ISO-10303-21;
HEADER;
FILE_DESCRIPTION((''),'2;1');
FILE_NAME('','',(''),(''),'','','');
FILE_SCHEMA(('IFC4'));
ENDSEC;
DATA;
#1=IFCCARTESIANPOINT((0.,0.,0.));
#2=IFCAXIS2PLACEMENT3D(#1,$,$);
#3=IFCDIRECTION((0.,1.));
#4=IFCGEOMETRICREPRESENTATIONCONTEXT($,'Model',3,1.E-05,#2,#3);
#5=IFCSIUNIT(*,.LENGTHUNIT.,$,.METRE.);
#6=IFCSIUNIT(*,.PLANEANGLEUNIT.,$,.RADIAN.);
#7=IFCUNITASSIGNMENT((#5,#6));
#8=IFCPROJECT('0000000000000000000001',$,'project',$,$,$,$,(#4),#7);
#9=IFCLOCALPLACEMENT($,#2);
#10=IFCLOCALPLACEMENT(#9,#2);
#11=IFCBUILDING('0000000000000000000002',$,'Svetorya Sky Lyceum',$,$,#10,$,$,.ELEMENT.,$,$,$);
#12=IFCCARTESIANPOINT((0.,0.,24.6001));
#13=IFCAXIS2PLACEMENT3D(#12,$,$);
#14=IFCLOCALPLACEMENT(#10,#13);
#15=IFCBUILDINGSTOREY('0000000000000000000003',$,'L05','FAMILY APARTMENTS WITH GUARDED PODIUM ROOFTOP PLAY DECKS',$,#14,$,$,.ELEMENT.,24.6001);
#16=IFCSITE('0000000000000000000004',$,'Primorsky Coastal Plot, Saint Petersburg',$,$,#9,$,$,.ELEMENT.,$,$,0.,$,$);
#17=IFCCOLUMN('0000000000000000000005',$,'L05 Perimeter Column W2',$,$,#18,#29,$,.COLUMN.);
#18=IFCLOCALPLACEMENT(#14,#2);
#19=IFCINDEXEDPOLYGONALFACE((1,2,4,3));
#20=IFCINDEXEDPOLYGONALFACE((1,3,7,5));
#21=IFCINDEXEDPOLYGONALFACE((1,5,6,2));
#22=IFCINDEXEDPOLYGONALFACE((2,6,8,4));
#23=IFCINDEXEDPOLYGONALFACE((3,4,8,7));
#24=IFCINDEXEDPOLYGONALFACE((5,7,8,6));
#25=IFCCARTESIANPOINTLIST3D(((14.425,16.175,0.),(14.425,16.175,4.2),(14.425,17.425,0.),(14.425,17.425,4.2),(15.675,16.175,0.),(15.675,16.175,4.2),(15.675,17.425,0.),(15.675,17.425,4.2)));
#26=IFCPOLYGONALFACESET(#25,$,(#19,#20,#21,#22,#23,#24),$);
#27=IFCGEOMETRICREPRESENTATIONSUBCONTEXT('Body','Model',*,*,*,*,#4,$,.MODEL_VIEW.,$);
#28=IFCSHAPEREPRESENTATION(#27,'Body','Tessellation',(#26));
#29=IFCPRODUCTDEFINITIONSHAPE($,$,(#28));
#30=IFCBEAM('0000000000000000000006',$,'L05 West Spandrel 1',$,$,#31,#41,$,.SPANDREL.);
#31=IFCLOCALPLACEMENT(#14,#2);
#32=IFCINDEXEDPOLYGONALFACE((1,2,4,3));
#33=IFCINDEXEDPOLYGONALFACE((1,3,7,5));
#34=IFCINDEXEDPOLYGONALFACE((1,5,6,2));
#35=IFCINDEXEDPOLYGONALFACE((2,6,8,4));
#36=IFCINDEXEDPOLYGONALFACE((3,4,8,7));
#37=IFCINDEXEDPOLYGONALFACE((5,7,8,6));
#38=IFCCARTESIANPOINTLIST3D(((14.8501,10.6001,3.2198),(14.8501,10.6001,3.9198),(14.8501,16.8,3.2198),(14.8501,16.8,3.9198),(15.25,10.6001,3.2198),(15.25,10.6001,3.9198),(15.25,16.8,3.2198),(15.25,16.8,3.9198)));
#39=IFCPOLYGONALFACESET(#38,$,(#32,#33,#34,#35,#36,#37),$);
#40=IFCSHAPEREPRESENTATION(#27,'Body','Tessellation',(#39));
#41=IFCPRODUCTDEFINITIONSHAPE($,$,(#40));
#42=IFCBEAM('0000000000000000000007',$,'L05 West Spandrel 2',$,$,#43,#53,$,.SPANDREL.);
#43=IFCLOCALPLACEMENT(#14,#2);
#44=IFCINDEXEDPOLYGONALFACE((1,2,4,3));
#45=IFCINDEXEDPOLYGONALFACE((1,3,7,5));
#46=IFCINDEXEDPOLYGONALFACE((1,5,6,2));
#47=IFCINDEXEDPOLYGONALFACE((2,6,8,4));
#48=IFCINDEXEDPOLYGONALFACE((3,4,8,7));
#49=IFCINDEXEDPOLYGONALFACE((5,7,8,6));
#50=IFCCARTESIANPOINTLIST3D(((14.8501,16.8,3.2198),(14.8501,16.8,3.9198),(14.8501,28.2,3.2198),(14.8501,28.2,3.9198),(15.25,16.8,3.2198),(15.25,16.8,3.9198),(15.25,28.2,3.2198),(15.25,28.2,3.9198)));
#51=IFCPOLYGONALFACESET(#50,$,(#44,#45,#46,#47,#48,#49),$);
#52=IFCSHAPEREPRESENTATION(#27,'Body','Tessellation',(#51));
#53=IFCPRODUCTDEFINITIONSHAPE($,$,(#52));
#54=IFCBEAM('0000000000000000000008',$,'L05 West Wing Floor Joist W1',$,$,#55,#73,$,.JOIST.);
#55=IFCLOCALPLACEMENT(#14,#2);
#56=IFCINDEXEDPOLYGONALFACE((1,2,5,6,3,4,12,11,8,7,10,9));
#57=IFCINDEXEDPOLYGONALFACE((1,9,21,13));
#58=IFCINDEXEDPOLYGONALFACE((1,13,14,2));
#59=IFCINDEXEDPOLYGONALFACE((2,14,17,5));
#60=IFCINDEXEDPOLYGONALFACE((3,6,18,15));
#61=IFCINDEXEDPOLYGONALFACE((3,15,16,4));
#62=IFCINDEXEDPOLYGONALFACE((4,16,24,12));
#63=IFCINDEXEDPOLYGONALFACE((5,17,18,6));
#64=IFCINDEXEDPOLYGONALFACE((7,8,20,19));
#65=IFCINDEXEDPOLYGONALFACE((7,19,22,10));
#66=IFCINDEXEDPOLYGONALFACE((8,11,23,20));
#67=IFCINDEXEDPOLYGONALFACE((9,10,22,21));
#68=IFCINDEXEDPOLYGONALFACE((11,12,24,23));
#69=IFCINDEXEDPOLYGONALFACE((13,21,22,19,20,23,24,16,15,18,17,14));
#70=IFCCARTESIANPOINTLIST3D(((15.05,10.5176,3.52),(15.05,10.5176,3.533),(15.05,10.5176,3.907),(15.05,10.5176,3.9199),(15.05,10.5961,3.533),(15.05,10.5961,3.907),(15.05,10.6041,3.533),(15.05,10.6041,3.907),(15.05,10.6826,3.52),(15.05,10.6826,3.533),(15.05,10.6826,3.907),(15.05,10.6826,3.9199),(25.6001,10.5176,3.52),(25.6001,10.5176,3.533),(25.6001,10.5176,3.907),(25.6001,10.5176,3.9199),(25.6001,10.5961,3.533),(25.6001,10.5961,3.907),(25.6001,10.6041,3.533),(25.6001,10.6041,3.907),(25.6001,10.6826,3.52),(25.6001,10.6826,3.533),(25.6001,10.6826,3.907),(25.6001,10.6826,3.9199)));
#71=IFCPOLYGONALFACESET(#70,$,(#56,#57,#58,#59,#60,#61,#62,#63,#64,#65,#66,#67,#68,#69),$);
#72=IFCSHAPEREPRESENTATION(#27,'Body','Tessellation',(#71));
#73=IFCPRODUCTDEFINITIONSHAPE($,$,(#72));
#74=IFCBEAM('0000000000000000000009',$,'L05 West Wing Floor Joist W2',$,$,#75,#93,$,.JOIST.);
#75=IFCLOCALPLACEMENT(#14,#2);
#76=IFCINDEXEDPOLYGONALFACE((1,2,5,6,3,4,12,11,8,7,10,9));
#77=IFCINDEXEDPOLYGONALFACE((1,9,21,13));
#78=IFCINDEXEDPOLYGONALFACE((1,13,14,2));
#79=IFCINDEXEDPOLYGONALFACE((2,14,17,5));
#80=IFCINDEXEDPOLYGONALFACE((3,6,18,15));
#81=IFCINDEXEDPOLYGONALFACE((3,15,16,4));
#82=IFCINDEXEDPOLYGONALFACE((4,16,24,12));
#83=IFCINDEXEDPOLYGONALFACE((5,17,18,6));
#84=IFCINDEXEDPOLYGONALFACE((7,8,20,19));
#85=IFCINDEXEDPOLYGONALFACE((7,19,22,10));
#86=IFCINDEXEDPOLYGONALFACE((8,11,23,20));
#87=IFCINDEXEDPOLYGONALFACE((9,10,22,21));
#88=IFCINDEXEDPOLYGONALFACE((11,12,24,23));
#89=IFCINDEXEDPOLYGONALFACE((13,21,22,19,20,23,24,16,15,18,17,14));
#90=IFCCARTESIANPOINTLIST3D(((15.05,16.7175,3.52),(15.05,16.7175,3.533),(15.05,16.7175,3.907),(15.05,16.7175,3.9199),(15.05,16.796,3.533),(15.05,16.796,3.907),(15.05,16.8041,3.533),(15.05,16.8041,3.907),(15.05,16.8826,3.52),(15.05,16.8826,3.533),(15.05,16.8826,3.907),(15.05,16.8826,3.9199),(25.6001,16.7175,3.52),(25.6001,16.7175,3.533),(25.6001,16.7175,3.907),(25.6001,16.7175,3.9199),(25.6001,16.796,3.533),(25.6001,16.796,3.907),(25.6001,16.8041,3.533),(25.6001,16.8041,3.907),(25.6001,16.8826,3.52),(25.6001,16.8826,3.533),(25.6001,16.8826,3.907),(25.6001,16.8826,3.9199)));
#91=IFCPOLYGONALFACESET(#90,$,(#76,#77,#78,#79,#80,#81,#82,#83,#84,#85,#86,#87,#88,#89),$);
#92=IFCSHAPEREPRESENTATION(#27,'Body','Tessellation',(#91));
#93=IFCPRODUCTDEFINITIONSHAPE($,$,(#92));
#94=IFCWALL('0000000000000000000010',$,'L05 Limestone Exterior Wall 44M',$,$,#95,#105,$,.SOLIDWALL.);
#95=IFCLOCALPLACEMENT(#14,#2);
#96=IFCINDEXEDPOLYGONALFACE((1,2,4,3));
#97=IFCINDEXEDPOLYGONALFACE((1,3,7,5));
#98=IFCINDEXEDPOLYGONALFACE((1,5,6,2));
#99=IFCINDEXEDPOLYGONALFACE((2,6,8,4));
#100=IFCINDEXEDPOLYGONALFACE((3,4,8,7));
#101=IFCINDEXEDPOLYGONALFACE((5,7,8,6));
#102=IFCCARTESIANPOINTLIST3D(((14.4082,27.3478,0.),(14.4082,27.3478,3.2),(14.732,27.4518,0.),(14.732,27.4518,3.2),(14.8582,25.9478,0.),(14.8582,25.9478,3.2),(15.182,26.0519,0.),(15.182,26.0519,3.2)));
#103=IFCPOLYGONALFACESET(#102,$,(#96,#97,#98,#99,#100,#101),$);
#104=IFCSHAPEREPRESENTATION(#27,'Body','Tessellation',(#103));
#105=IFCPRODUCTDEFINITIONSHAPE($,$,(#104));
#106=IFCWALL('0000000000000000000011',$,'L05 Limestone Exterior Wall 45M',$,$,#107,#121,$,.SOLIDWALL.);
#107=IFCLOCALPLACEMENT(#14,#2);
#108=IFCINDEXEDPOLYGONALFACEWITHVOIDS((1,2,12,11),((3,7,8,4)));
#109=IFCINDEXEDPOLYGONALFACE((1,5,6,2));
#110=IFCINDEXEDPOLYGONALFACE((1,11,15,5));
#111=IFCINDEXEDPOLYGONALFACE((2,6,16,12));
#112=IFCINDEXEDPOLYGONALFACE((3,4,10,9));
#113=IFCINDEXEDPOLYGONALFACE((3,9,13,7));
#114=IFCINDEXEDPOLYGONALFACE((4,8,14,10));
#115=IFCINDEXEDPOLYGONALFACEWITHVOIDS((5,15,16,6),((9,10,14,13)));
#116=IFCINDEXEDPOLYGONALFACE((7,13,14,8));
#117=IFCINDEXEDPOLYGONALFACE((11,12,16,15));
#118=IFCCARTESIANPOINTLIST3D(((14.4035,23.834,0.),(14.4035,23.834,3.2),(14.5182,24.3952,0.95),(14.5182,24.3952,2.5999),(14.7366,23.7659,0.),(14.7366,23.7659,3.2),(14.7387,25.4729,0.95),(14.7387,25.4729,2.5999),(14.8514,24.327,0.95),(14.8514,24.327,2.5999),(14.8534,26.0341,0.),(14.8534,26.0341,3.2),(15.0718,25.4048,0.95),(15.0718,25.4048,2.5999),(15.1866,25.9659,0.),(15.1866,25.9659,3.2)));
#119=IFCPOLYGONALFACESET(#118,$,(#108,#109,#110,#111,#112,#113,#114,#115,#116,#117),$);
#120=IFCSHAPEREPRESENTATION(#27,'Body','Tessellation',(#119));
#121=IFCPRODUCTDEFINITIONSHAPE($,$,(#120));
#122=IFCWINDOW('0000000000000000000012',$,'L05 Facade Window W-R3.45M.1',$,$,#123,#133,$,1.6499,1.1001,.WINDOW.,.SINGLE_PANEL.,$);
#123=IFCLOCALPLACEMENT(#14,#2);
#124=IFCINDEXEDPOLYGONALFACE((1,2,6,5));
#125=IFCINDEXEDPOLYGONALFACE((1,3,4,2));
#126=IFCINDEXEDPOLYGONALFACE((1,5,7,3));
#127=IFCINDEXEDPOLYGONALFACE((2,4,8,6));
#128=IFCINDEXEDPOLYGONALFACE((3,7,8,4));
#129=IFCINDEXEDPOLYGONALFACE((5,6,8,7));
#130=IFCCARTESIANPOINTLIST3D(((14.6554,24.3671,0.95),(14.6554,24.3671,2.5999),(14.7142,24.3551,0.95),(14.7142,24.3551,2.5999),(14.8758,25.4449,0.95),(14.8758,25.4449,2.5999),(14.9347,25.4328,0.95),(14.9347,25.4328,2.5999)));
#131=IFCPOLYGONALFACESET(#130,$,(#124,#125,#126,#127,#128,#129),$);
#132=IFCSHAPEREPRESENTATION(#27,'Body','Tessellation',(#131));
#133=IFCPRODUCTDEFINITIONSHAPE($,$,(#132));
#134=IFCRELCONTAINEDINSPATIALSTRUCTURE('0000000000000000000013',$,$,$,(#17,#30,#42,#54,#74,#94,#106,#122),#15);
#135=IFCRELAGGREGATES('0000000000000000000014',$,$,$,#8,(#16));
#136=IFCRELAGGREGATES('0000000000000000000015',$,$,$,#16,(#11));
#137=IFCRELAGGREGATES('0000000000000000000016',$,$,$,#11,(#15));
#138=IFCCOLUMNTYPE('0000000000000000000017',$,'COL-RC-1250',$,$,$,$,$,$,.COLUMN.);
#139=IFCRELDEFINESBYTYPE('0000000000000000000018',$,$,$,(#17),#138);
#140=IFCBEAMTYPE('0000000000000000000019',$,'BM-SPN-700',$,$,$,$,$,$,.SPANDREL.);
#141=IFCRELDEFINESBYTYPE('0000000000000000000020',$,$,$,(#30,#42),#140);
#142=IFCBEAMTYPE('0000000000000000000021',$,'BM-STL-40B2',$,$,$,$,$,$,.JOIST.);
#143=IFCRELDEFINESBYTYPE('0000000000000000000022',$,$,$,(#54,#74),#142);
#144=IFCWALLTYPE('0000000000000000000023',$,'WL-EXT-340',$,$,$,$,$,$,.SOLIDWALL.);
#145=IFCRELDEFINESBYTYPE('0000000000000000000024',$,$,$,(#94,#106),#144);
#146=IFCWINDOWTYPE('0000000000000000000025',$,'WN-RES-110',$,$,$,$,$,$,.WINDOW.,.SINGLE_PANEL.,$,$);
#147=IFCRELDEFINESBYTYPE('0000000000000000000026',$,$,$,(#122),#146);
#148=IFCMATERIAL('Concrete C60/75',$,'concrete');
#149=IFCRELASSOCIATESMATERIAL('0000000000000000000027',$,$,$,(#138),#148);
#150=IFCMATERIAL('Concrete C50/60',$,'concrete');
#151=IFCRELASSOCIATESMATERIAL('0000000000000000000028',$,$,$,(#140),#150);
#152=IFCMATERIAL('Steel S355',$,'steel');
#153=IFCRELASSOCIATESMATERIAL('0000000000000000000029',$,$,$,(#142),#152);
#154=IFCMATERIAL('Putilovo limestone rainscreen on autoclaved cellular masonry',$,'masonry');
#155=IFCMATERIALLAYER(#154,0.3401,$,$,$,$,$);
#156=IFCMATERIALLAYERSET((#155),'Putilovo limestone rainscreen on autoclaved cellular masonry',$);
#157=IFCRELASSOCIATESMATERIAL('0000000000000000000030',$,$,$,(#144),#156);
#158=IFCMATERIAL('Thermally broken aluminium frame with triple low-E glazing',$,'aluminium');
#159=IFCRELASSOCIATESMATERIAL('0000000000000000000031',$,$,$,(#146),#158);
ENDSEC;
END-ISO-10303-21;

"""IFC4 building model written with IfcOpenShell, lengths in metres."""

from ifc_helpers import new_model, si_unit, direction, frame, frame_2d, origin, origin_2d, place, context, subcontext, project, spatial, rectangle, i_section, extrude, material, layer, layer_set, material_profile, profile_set, type_object, element, fill, save


model = new_model("IFC4")

# Units and contexts
model_context = context("Model", 3, precision=1e-05, world=origin(), true_north=direction((0.0, 1.0)))
body_context = subcontext(model_context, "Body", "Model", "MODEL_VIEW")
ifc_project = project(units=[si_unit("LENGTHUNIT", "METRE"), si_unit("PLANEANGLEUNIT", "RADIAN")], contexts=[model_context])

# Site, building, storey
site_placement = place(None, origin())
site = spatial("IfcSite", under=ifc_project, at=site_placement, Name="Primorsky Coastal Plot, Saint Petersburg", CompositionType="ELEMENT", RefElevation=0.0)
building_placement = place(site_placement, origin())
building = spatial("IfcBuilding", under=site, at=building_placement, Name="Svetorya Sky Lyceum", CompositionType="ELEMENT")
storey_placement = place(building_placement, frame((0.0, 0.0, 24.6001)))
storey = spatial("IfcBuildingStorey", under=building, at=storey_placement, Name="L05", Description="FAMILY APARTMENTS WITH GUARDED PODIUM ROOFTOP PLAY DECKS", CompositionType="ELEMENT", Elevation=24.6001)

# Column
ifc_material_1 = material(Name="Concrete C60/75", Category="concrete")
ifc_material_profile_1 = material_profile(ifc_material_1, rectangle(XDim=1.25, YDim=1.25, at=origin_2d()), Name="RC COL 1250x1250")
ifc_profile_set_1 = profile_set([ifc_material_profile_1], Name="Concrete C60/75")
column_type = type_object("IfcColumnType", Name="COL-RC-1250", PredefinedType="COLUMN", material=ifc_profile_set_1)
column_placement = place(storey_placement, frame((15.05, 16.8, 0.0), z_axis=(0.0, 0.0, 1.0), x_axis=(1.0, 0.0, 0.0)))
element("IfcColumn", 1, at=column_placement, inside=storey, type_object=column_type, Name="L05 Perimeter Column W2", PredefinedType="COLUMN", context=body_context, shape_type="SweptSolid", body=[
    extrude(rectangle(XDim=1.25, YDim=1.25, at=origin_2d()), origin(), (0.0, 0.0, 1.0), 4.2),
])

# Beams
ifc_material_2 = material(Name="Concrete C50/60", Category="concrete")
ifc_material_profile_2 = material_profile(ifc_material_2, rectangle(XDim=0.3999, YDim=0.7, at=origin_2d()), Name="RC SPANDREL 400x700")
ifc_profile_set_2 = profile_set([ifc_material_profile_2], Name="Concrete C50/60")
beam_type_1 = type_object("IfcBeamType", Name="BM-SPN-700", PredefinedType="SPANDREL", material=ifc_profile_set_2)
beam_1_placement = place(storey_placement, frame((15.05, 10.6001, 3.5698), z_axis=(0.0, 1.0, 0.0), x_axis=(-1.0, 0.0, 0.0)))
element("IfcBeam", 2, at=beam_1_placement, inside=storey, type_object=beam_type_1, Name="L05 West Spandrel 1", PredefinedType="SPANDREL", context=body_context, shape_type="SweptSolid", body=[
    extrude(rectangle(XDim=0.3999, YDim=0.7, at=origin_2d()), origin(), (0.0, 0.0, 1.0), 6.2),
])
beam_2_placement = place(storey_placement, frame((15.05, 16.8, 3.5698), z_axis=(0.0, 1.0, 0.0), x_axis=(-1.0, 0.0, 0.0)))
element("IfcBeam", 3, at=beam_2_placement, inside=storey, type_object=beam_type_1, Name="L05 West Spandrel 2", PredefinedType="SPANDREL", context=body_context, shape_type="SweptSolid", body=[
    extrude(rectangle(XDim=0.3999, YDim=0.7, at=origin_2d()), origin(), (0.0, 0.0, 1.0), 11.3999),
])
ifc_material_3 = material(Name="Steel S355", Category="steel")
ifc_material_profile_3 = material_profile(ifc_material_3, i_section(OverallWidth=0.165, OverallDepth=0.3999, WebThickness=0.0081, FlangeThickness=0.0129, at=origin_2d()), Name="GOST 40B2")
ifc_profile_set_3 = profile_set([ifc_material_profile_3], Name="Steel S355")
beam_type_2 = type_object("IfcBeamType", Name="BM-STL-40B2", PredefinedType="JOIST", material=ifc_profile_set_3)
for number, where, z_axis, x_axis, name in (
    (4, (15.05, 10.6001, 3.72), (1.0, 0.0, 0.0), (0.0, 1.0, 0.0), "L05 West Wing Floor Joist W1"),
    (5, (15.05, 16.8, 3.72), (1.0, 0.0, 0.0), (0.0, 1.0, 0.0), "L05 West Wing Floor Joist W2"),
):
    element("IfcBeam", number, at=place(storey_placement, frame(where, z_axis=z_axis, x_axis=x_axis)), inside=storey, type_object=beam_type_2, Name=name, PredefinedType="JOIST", context=body_context, shape_type="SweptSolid", body=[
        extrude(i_section(OverallWidth=0.165, OverallDepth=0.3999, WebThickness=0.0081, FlangeThickness=0.0129, at=origin_2d()), origin(), (0.0, 0.0, 1.0), 10.55),
    ])

# Wall
ifc_material_4 = material(Name="Putilovo limestone rainscreen on autoclaved cellular masonry", Category="masonry")
ifc_layer_1 = layer(ifc_material_4, 0.3401)
ifc_layer_set_1 = layer_set([ifc_layer_1], Name="Putilovo limestone rainscreen on autoclaved cellular masonry")
wall_type_1 = type_object("IfcWallType", Name="WL-EXT-340", PredefinedType="SOLIDWALL", material=ifc_layer_set_1)
wall_1_placement = place(storey_placement, frame((14.5701, 27.3999, 0.0), z_axis=(0.0, 0.0, 1.0), x_axis=(0.305998, -0.952032, 0.0)))
element("IfcWall", 6, at=wall_1_placement, inside=storey, type_object=wall_type_1, Name="L05 Limestone Exterior Wall 44M", PredefinedType="SOLIDWALL", context=body_context, shape_type="SweptSolid", body=[
    extrude(rectangle(XDim=1.4705, YDim=0.3401, at=frame_2d((0.7354, 0.0))), origin(), (0.0, 0.0, 1.0), 3.2),
])

# Wall, opening, window
wall_2_placement = place(storey_placement, frame((15.02, 26.0, 0.0), z_axis=(0.0, 0.0, 1.0), x_axis=(-0.20038, -0.979718, 0.0)))
wall_2 = element("IfcWall", 7, at=wall_2_placement, inside=storey, type_object=wall_type_1, Name="L05 Limestone Exterior Wall 45M", PredefinedType="SOLIDWALL", context=body_context, shape_type="SweptSolid", body=[
    extrude(rectangle(XDim=2.2456, YDim=0.3401, at=frame_2d((1.1228, 0.0))), origin(), (0.0, 0.0, 1.0), 3.2),
])
opening_1_placement = place(wall_2_placement, frame((0.5728, 0.0, 0.95)))
opening_1 = element("IfcOpeningElement", 8, at=opening_1_placement, cuts=wall_2, PredefinedType="OPENING", context=body_context, shape_type="SweptSolid", body=[
    extrude(rectangle(XDim=1.1001, YDim=1.6499, at=frame_2d((0.55, 0.825))), frame((0.0, 0.1799, 0.0), z_axis=(0.0, -1.0, 0.0), x_axis=(1.0, 0.0, 0.0)), (0.0, 0.0, 1.0), 0.3601),
])
ifc_material_5 = material(Name="Thermally broken aluminium frame with triple low-E glazing", Category="aluminium")
window_type_1 = type_object("IfcWindowType", Name="WN-RES-110", PartitioningType="SINGLE_PANEL", PredefinedType="WINDOW", material=ifc_material_5)
window_1_placement = place(opening_1_placement, origin())
window_1 = element("IfcWindow", 9, at=window_1_placement, inside=storey, type_object=window_type_1, Name="L05 Facade Window W-R3.45M.1", OverallHeight=1.6499, OverallWidth=1.1001, PartitioningType="SINGLE_PANEL", PredefinedType="WINDOW", context=body_context, shape_type="SweptSolid", body=[
    extrude(rectangle(XDim=1.1001, YDim=1.6499, at=frame_2d((0.55, 0.825))), frame((0.0, 0.03, 0.0), z_axis=(0.0, -1.0, 0.0), x_axis=(1.0, 0.0, 0.0)), (0.0, 0.0, 1.0), 0.0601),
])
fill(opening_1, window_1)

save(model, "model.ifc")
